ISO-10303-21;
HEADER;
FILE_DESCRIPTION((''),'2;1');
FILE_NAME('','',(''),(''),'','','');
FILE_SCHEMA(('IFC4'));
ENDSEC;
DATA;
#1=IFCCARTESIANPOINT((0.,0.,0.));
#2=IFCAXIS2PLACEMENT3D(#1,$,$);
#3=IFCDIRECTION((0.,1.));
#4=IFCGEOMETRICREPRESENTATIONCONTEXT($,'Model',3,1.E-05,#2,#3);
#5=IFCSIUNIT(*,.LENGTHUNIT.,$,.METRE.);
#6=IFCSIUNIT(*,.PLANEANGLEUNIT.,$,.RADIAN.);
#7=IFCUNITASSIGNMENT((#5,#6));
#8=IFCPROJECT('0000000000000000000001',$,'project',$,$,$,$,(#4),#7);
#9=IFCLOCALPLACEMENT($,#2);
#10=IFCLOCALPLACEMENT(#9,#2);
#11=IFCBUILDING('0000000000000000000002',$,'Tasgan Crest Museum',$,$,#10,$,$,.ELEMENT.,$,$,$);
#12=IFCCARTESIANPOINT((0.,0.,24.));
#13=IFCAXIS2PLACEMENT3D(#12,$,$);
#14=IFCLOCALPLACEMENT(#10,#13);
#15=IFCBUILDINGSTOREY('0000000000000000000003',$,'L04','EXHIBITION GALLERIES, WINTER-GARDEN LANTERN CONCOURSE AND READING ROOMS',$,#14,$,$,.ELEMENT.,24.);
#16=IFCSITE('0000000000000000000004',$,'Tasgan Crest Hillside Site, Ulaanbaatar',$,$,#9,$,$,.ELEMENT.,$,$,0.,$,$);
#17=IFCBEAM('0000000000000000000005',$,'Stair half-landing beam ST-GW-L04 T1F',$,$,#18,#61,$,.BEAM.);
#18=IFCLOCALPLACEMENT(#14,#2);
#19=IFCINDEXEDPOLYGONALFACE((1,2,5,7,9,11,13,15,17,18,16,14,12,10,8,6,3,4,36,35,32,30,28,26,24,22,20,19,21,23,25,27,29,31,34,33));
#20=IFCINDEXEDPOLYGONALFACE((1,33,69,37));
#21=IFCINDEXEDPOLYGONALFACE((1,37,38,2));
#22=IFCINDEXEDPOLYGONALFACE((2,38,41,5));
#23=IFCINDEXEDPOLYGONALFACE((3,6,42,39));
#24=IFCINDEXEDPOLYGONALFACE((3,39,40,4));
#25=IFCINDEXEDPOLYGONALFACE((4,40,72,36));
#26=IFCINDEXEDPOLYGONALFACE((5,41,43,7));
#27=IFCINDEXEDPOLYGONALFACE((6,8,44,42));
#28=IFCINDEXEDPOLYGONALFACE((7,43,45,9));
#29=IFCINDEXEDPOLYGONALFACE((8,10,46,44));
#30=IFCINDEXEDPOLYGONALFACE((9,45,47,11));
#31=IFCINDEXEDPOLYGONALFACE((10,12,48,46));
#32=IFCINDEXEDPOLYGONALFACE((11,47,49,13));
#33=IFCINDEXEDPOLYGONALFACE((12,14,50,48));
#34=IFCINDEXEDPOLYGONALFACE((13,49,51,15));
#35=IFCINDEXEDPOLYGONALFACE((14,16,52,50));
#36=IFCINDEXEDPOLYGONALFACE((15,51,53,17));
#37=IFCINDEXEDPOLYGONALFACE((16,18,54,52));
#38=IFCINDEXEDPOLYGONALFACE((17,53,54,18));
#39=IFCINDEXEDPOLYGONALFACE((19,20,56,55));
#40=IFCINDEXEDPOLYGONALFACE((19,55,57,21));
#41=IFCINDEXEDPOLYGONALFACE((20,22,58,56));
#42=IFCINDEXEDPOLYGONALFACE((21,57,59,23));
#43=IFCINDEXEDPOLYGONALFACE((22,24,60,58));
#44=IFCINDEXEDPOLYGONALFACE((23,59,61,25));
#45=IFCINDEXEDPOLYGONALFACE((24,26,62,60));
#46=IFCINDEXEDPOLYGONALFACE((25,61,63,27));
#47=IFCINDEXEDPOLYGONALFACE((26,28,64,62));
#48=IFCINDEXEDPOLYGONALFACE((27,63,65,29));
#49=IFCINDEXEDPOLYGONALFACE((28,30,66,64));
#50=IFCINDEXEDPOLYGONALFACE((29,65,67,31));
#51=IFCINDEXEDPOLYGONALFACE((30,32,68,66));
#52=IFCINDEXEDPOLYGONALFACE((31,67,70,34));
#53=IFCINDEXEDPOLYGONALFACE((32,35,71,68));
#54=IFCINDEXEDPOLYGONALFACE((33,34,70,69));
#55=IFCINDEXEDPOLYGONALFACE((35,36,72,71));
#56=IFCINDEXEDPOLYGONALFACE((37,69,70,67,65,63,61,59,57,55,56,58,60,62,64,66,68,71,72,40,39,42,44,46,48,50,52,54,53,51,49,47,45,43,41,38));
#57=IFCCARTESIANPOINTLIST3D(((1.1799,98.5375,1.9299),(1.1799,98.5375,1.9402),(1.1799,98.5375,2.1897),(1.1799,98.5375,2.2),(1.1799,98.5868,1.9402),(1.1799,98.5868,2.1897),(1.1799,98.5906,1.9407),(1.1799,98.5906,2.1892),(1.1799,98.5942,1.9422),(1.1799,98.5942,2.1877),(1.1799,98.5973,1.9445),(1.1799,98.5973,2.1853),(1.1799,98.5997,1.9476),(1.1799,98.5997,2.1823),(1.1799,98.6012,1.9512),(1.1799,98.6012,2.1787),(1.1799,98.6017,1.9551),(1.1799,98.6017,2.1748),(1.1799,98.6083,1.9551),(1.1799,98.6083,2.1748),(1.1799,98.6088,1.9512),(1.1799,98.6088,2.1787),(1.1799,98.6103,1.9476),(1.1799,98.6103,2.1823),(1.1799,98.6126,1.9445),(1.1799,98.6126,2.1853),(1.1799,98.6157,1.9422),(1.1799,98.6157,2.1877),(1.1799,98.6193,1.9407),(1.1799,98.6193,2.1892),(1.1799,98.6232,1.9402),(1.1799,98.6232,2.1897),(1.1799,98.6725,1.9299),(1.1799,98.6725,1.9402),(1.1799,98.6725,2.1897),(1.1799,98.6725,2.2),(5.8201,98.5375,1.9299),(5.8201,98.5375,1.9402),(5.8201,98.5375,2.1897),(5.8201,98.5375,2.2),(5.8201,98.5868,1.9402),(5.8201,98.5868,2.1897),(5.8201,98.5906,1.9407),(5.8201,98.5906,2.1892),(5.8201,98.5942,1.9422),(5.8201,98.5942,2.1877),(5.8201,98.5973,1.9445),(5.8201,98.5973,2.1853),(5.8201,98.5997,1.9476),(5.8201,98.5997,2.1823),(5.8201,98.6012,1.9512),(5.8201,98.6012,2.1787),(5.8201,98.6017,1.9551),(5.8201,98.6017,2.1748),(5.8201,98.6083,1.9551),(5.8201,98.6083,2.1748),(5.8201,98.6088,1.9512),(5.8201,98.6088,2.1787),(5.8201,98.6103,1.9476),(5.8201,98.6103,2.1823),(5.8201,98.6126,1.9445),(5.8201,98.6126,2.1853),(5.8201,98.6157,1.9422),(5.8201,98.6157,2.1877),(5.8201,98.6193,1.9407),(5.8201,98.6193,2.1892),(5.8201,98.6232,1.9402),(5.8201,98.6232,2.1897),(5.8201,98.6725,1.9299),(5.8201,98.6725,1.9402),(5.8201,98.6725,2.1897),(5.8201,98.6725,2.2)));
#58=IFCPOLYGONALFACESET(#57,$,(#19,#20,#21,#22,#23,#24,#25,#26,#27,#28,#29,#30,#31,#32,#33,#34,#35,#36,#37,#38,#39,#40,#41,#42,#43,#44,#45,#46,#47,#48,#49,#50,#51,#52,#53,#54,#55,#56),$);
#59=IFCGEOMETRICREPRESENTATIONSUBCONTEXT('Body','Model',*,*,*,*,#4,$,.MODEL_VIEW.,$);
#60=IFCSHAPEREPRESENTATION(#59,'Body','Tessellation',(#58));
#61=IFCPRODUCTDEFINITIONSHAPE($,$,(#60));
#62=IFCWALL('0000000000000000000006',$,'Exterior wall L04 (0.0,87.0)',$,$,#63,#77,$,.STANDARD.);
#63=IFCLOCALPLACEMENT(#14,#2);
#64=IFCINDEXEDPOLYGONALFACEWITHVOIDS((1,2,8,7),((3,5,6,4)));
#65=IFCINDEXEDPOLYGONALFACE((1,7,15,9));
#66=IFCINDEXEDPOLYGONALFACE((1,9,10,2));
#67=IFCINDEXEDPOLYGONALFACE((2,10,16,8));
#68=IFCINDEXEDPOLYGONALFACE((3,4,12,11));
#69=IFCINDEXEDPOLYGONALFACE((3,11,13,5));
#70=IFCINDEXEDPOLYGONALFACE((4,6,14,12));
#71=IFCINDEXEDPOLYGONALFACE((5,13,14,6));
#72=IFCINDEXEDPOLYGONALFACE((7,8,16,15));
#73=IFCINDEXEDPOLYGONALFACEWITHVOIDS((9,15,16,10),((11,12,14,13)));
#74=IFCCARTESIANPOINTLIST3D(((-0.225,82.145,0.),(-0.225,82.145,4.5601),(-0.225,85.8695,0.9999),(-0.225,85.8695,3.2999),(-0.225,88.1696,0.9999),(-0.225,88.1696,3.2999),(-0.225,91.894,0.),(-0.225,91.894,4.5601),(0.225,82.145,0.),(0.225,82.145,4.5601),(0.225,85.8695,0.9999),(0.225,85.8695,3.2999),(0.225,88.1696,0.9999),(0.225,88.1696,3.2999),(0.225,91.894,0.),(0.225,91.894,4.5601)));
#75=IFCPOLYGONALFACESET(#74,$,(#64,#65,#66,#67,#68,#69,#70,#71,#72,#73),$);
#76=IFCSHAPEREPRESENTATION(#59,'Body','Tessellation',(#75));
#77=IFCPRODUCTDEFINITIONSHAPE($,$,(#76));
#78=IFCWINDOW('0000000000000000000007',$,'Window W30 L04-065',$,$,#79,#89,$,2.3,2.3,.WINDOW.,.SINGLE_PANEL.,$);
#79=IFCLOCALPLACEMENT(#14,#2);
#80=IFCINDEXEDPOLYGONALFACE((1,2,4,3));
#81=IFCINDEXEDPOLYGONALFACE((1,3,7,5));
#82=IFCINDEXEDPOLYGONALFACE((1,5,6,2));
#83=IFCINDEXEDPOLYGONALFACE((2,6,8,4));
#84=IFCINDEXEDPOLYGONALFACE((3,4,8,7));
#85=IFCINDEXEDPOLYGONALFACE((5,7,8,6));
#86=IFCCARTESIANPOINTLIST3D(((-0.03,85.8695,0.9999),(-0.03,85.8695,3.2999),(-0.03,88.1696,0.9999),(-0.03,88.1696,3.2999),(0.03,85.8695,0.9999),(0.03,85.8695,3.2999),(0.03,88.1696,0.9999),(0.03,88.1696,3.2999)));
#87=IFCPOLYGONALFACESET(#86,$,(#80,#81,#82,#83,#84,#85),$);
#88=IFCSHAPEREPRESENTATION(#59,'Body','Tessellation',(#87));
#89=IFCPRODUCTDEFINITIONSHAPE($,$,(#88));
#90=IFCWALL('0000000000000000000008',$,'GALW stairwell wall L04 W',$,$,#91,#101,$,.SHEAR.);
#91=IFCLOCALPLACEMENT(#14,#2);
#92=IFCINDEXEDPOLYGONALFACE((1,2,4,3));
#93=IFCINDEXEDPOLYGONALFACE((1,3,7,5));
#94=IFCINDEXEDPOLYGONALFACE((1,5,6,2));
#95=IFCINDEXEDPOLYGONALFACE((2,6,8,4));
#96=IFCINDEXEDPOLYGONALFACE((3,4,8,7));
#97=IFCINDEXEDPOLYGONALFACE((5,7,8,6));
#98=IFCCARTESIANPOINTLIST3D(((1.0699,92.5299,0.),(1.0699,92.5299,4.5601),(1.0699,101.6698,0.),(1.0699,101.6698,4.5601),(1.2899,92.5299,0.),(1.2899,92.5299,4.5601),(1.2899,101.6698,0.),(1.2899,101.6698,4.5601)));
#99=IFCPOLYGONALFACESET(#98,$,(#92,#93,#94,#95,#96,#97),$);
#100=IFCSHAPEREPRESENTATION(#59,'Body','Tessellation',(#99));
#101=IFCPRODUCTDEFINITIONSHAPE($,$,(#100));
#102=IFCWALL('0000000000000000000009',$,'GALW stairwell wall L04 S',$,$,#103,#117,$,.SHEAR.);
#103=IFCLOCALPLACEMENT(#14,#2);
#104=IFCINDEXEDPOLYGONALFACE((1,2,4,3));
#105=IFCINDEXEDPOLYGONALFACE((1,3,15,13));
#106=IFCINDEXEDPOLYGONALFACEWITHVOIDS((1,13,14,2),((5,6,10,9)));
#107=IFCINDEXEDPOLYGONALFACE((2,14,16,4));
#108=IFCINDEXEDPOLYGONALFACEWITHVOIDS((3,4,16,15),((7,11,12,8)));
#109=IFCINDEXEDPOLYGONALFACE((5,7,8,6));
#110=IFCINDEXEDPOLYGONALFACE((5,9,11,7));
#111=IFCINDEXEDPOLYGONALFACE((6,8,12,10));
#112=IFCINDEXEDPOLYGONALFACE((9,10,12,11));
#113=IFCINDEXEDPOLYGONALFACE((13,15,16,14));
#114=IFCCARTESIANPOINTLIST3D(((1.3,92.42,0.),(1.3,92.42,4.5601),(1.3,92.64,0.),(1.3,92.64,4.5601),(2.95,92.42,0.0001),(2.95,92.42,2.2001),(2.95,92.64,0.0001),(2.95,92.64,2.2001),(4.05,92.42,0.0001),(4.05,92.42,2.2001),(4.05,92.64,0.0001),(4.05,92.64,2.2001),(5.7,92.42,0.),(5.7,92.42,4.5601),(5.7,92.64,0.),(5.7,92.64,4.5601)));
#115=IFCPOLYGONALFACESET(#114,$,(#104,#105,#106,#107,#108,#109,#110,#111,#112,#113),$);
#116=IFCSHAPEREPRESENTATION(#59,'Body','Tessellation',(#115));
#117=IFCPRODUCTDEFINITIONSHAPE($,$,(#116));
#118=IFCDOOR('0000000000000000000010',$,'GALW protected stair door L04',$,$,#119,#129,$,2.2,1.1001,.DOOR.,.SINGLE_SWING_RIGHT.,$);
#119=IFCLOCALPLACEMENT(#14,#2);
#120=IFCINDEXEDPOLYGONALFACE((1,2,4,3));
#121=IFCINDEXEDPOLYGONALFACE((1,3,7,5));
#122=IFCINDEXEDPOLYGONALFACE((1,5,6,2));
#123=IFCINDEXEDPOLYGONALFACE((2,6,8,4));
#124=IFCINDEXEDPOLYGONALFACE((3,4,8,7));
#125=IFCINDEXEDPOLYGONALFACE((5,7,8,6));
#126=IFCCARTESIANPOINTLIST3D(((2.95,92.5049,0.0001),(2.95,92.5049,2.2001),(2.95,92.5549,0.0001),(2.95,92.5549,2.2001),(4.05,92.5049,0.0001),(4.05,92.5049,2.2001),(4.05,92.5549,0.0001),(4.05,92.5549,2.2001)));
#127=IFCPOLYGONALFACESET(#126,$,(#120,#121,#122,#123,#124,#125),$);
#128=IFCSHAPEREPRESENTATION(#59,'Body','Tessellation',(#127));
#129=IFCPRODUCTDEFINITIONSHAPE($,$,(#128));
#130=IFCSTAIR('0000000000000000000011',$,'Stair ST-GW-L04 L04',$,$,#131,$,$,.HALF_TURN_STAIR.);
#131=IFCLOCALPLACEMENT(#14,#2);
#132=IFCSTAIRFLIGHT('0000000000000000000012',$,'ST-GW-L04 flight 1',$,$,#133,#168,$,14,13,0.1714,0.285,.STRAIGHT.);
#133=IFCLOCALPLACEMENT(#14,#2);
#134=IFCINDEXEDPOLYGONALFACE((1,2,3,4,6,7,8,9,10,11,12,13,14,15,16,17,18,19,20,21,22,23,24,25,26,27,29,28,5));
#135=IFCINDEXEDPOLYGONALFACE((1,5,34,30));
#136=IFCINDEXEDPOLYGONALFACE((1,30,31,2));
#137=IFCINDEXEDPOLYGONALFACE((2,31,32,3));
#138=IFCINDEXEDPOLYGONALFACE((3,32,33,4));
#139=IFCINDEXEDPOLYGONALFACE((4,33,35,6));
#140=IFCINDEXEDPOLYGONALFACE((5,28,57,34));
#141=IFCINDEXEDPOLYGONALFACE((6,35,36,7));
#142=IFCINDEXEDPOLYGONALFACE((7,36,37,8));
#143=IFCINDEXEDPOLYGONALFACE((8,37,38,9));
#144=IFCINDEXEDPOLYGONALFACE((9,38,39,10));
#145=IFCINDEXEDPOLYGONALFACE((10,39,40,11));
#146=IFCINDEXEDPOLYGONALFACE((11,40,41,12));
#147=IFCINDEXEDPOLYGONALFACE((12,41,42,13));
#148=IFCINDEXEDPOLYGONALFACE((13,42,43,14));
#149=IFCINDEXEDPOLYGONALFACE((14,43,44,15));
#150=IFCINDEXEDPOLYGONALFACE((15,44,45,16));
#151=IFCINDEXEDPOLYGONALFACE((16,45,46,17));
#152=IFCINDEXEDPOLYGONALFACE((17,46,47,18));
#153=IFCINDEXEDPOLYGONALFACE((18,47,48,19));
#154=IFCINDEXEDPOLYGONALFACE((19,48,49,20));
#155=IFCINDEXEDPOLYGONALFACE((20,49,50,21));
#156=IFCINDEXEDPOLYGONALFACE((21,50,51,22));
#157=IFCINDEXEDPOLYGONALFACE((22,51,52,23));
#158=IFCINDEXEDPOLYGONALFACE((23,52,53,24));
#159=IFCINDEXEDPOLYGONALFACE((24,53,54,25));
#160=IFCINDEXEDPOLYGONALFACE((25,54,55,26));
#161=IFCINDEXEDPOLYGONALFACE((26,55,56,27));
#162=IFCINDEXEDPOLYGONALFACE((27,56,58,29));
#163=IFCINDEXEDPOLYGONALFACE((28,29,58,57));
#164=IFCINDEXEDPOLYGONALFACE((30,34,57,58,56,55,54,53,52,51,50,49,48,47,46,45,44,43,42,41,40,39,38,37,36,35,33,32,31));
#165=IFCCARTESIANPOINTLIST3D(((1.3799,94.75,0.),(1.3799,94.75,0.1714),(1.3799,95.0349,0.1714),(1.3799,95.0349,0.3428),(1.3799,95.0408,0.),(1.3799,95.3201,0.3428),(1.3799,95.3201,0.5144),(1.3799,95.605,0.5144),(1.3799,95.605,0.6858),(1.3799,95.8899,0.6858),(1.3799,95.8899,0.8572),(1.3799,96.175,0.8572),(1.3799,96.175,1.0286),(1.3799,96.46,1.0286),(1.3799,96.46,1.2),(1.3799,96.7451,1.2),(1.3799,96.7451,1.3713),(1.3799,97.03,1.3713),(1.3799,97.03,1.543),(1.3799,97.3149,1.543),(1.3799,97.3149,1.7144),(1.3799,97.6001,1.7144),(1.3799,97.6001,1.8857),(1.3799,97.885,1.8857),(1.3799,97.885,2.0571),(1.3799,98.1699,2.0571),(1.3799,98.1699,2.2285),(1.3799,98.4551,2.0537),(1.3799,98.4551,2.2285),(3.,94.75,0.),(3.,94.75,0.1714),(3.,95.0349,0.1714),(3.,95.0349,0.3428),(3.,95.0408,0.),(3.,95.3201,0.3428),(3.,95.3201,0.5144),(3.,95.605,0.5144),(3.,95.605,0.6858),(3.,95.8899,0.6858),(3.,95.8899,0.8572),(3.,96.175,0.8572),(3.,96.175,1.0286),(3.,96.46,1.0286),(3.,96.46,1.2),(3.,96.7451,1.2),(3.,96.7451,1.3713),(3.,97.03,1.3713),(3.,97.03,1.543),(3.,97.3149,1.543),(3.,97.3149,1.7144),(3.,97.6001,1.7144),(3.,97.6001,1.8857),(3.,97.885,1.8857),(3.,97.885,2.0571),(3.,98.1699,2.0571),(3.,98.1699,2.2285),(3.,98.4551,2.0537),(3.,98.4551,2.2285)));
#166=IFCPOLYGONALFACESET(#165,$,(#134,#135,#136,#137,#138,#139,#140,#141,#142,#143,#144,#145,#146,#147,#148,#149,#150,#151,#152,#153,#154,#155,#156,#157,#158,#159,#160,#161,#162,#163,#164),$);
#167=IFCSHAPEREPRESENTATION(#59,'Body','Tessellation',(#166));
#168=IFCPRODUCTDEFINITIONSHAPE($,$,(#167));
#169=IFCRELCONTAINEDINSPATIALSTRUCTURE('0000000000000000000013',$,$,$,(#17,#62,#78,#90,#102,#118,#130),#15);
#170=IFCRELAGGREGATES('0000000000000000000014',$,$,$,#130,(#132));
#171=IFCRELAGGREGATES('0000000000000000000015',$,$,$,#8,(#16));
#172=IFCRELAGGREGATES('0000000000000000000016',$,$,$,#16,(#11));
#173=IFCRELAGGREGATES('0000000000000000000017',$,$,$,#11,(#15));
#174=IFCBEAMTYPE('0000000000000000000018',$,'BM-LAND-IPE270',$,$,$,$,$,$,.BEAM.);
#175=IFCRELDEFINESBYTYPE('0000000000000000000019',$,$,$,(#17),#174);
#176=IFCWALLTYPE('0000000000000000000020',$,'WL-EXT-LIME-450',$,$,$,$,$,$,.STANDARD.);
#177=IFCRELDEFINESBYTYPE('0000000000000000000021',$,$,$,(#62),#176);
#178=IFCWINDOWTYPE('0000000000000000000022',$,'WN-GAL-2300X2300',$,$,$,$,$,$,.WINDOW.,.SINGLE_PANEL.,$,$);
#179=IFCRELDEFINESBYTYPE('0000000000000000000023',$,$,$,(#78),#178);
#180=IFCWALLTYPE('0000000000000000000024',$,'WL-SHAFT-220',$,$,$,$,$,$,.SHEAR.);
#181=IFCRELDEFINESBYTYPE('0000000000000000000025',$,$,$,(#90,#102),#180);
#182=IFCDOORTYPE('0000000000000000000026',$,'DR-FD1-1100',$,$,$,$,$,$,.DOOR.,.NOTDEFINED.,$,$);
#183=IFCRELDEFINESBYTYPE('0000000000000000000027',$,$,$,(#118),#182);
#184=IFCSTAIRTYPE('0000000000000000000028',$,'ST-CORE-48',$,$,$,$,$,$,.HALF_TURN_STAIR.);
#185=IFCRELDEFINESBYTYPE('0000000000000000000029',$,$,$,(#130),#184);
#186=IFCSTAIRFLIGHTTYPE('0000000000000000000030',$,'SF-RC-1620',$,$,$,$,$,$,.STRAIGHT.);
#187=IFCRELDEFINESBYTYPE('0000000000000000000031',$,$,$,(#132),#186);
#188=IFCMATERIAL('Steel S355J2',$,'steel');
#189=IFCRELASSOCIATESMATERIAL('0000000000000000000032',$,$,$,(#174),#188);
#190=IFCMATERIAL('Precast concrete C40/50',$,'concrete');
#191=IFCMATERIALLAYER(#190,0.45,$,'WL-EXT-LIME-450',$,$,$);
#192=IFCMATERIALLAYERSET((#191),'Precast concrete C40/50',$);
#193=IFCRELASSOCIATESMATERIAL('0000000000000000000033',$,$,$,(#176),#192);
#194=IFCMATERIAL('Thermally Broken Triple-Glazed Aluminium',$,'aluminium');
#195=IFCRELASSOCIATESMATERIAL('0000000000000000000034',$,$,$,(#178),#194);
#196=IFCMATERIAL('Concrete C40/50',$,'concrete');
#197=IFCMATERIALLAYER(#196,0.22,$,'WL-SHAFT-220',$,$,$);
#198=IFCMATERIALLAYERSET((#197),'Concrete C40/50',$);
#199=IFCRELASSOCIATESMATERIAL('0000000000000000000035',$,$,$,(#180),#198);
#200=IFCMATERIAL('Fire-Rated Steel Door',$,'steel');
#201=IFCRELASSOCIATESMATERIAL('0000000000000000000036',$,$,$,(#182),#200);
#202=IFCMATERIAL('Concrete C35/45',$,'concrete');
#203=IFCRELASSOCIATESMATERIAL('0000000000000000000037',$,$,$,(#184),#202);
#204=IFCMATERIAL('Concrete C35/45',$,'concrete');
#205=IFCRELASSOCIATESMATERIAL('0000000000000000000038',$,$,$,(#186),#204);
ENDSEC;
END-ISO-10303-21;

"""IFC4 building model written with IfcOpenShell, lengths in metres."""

from ifc_helpers import new_model, si_unit, direction, frame, frame_2d, origin, origin_2d, place, context, subcontext, project, spatial, polyline, rectangle, i_section, outline, extrude, material, layer, layer_set, material_profile, profile_set, type_object, element, fill, aggregate, save


model = new_model("IFC4")

# Units and contexts
model_context = context("Model", 3, precision=1e-05, world=origin(), true_north=direction((0.0, 1.0)))
body_context = subcontext(model_context, "Body", "Model", "MODEL_VIEW")
ifc_project = project(units=[si_unit("LENGTHUNIT", "METRE"), si_unit("PLANEANGLEUNIT", "RADIAN")], contexts=[model_context])

# Site, building, storey
site_placement = place(None, origin())
site = spatial("IfcSite", under=ifc_project, at=site_placement, Name="Tasgan Crest Hillside Site, Ulaanbaatar", CompositionType="ELEMENT", RefElevation=0.0)
building_placement = place(site_placement, origin())
building = spatial("IfcBuilding", under=site, at=building_placement, Name="Tasgan Crest Museum", CompositionType="ELEMENT")
storey_placement = place(building_placement, frame((0.0, 0.0, 24.0)))
storey = spatial("IfcBuildingStorey", under=building, at=storey_placement, Name="L04", Description="EXHIBITION GALLERIES, WINTER-GARDEN LANTERN CONCOURSE AND READING ROOMS", CompositionType="ELEMENT", Elevation=24.0)

# Beam
ifc_material_1 = material(Name="Steel S355J2", Category="steel")
ifc_material_profile_1 = material_profile(ifc_material_1, i_section(OverallWidth=0.135, OverallDepth=0.27, WebThickness=0.0066, FlangeThickness=0.0103, FilletRadius=0.0149, at=origin_2d()), Name="IPE 270")
ifc_profile_set_1 = profile_set([ifc_material_profile_1], Name="Steel S355J2")
beam_type_1 = type_object("IfcBeamType", Name="BM-LAND-IPE270", PredefinedType="BEAM", material=ifc_profile_set_1)
beam_1_placement = place(storey_placement, frame((1.1799, 98.605, 2.0649), z_axis=(1.0, 0.0, 0.0), x_axis=(0.0, 1.0, 0.0)))
element("IfcBeam", 1, at=beam_1_placement, inside=storey, type_object=beam_type_1, Name="Stair half-landing beam ST-GW-L04 T1F", PredefinedType="BEAM", context=body_context, shape_type="SweptSolid", body=[
    extrude(i_section(OverallWidth=0.135, OverallDepth=0.27, WebThickness=0.0066, FlangeThickness=0.0103, FilletRadius=0.0149, at=origin_2d()), origin(), (0.0, 0.0, 1.0), 4.6401),
])

# Wall, opening, window
ifc_material_2 = material(Name="Precast concrete C40/50", Category="concrete")
ifc_layer_1 = layer(ifc_material_2, 0.45, Name="WL-EXT-LIME-450")
ifc_layer_set_1 = layer_set([ifc_layer_1], Name="Precast concrete C40/50")
wall_type_1 = type_object("IfcWallType", Name="WL-EXT-LIME-450", PredefinedType="STANDARD", material=ifc_layer_set_1)
wall_1_placement = place(storey_placement, frame((0.0, 91.894, 0.0), z_axis=(0.0, 0.0, 1.0), x_axis=(0.0, -1.0, 0.0)))
wall_1 = element("IfcWall", 2, at=wall_1_placement, inside=storey, type_object=wall_type_1, Name="Exterior wall L04 (0.0,87.0)", PredefinedType="STANDARD", context=body_context, shape_type="SweptSolid", body=[
    extrude(rectangle(XDim=9.749, YDim=0.45, at=frame_2d((4.8745, 0.0))), origin(), (0.0, 0.0, 1.0), 4.5601),
])
opening_1_placement = place(wall_1_placement, frame((3.7246, 0.0, 1.0)))
opening_1 = element("IfcOpeningElement", 3, at=opening_1_placement, cuts=wall_1, PredefinedType="OPENING", context=body_context, shape_type="SweptSolid", body=[
    extrude(rectangle(XDim=2.3, YDim=2.3, at=frame_2d((1.1499, 1.1499))), frame((0.0, 0.2349, 0.0), z_axis=(0.0, -1.0, 0.0), x_axis=(1.0, 0.0, 0.0)), (0.0, 0.0, 1.0), 0.47),
])
ifc_material_3 = material(Name="Thermally Broken Triple-Glazed Aluminium", Category="aluminium")
window_type = type_object("IfcWindowType", Name="WN-GAL-2300X2300", PartitioningType="SINGLE_PANEL", PredefinedType="WINDOW", material=ifc_material_3)
window_placement = place(opening_1_placement, origin())
window = element("IfcWindow", 4, at=window_placement, inside=storey, type_object=window_type, Name="Window W30 L04-065", OverallHeight=2.3, OverallWidth=2.3, PartitioningType="SINGLE_PANEL", PredefinedType="WINDOW", context=body_context, shape_type="SweptSolid", body=[
    extrude(rectangle(XDim=2.3, YDim=2.3, at=frame_2d((1.1499, 1.1499))), frame((0.0, 0.03, 0.0), z_axis=(0.0, -1.0, 0.0), x_axis=(1.0, 0.0, 0.0)), (0.0, 0.0, 1.0), 0.0601),
])
fill(opening_1, window)

# Wall
ifc_material_4 = material(Name="Concrete C40/50", Category="concrete")
ifc_layer_2 = layer(ifc_material_4, 0.22, Name="WL-SHAFT-220")
ifc_layer_set_2 = layer_set([ifc_layer_2], Name="Concrete C40/50")
wall_type_2 = type_object("IfcWallType", Name="WL-SHAFT-220", PredefinedType="SHEAR", material=ifc_layer_set_2)
wall_2_placement = place(storey_placement, frame((1.1799, 92.53, 0.0), z_axis=(0.0, 0.0, 1.0), x_axis=(0.0, 1.0, 0.0)))
element("IfcWall", 5, at=wall_2_placement, inside=storey, type_object=wall_type_2, Name="GALW stairwell wall L04 W", PredefinedType="SHEAR", context=body_context, shape_type="SweptSolid", body=[
    extrude(rectangle(XDim=9.1399, YDim=0.22, at=frame_2d((4.5698, 0.0))), origin(), (0.0, 0.0, 1.0), 4.5601),
])

# Wall, opening, door
wall_3_placement = place(storey_placement, frame((1.3, 92.53, 0.0), z_axis=(0.0, 0.0, 1.0), x_axis=(1.0, 0.0, 0.0)))
wall_3 = element("IfcWall", 6, at=wall_3_placement, inside=storey, type_object=wall_type_2, Name="GALW stairwell wall L04 S", PredefinedType="SHEAR", context=body_context, shape_type="SweptSolid", body=[
    extrude(rectangle(XDim=4.3999, YDim=0.22, at=frame_2d((2.2, 0.0))), origin(), (0.0, 0.0, 1.0), 4.5601),
])
opening_2_placement = place(wall_3_placement, frame((1.6499, 0.0, 0.0)))
opening_2 = element("IfcOpeningElement", 7, at=opening_2_placement, cuts=wall_3, PredefinedType="OPENING", context=body_context, shape_type="SweptSolid", body=[
    extrude(rectangle(XDim=1.1001, YDim=2.2, at=frame_2d((0.55, 1.1001))), frame((0.0, 0.1199, 0.0), z_axis=(0.0, -1.0, 0.0), x_axis=(1.0, 0.0, 0.0)), (0.0, 0.0, 1.0), 0.24),
])
ifc_material_5 = material(Name="Fire-Rated Steel Door", Category="steel")
door_type = type_object("IfcDoorType", Name="DR-FD1-1100", OperationType="NOTDEFINED", PredefinedType="DOOR", material=ifc_material_5)
door_placement = place(opening_2_placement, origin())
door = element("IfcDoor", 8, at=door_placement, inside=storey, type_object=door_type, Name="GALW protected stair door L04", OperationType="SINGLE_SWING_RIGHT", OverallHeight=2.2, OverallWidth=1.1001, PredefinedType="DOOR", context=body_context, shape_type="SweptSolid", body=[
    extrude(rectangle(XDim=1.1001, YDim=2.2, at=frame_2d((0.55, 1.1001))), frame((0.0, 0.0249, 0.0), z_axis=(0.0, -1.0, 0.0), x_axis=(1.0, 0.0, 0.0)), (0.0, 0.0, 1.0), 0.05),
])
fill(opening_2, door)

# Stair, stair flight
ifc_material_6 = material(Name="Concrete C35/45", Category="concrete")
stair_type = type_object("IfcStairType", Name="ST-CORE-48", PredefinedType="HALF_TURN_STAIR", material=ifc_material_6)
stair_placement = place(storey_placement, origin())
stair = element("IfcStair", 9, at=stair_placement, inside=storey, type_object=stair_type, Name="Stair ST-GW-L04 L04", PredefinedType="HALF_TURN_STAIR")
ifc_material_7 = material(Name="Concrete C35/45", Category="concrete")
stair_flight_type = type_object("IfcStairFlightType", Name="SF-RC-1620", PredefinedType="STRAIGHT", material=ifc_material_7)
stair_flight_placement = place(storey_placement, frame((2.1899, 94.75, 0.0), z_axis=(0.0, 0.0, 1.0), x_axis=(0.0, 1.0, 0.0)))
stair_flight = element("IfcStairFlight", 10, at=stair_flight_placement, type_object=stair_flight_type, Name="ST-GW-L04 flight 1", NumberOfRisers=14, NumberOfTreads=13, PredefinedType="STRAIGHT", RiserHeight=0.1714, TreadLength=0.285, context=body_context, shape_type="SweptSolid", body=[
    extrude(outline(polyline([(0.0, 0.0), (0.0, 0.1714), (0.2849, 0.1714), (0.2849, 0.3428), (0.5701, 0.3428), (0.5701, 0.5144), (0.855, 0.5144), (0.855, 0.6858), (1.1399, 0.6858), (1.1399, 0.8572), (1.425, 0.8572), (1.425, 1.0286), (1.71, 1.0286), (1.71, 1.2), (1.9951, 1.2), (1.9951, 1.3713), (2.28, 1.3713), (2.28, 1.543), (2.5649, 1.543), (2.5649, 1.7144), (2.8501, 1.7144), (2.8501, 1.8857), (3.135, 1.8857), (3.135, 2.0571), (3.4199, 2.0571), (3.4199, 2.2285), (3.7051, 2.2285), (3.7051, 2.3999), (3.7051, 2.0537), (0.2908, 0.0), (0.0, 0.0)])), frame((0.0, 0.8101, 0.0), z_axis=(0.0, -1.0, 0.0), x_axis=(1.0, 0.0, 0.0)), (0.0, 0.0, 1.0), 1.6201),
])
aggregate(stair, [stair_flight])

save(model, "model.ifc")
